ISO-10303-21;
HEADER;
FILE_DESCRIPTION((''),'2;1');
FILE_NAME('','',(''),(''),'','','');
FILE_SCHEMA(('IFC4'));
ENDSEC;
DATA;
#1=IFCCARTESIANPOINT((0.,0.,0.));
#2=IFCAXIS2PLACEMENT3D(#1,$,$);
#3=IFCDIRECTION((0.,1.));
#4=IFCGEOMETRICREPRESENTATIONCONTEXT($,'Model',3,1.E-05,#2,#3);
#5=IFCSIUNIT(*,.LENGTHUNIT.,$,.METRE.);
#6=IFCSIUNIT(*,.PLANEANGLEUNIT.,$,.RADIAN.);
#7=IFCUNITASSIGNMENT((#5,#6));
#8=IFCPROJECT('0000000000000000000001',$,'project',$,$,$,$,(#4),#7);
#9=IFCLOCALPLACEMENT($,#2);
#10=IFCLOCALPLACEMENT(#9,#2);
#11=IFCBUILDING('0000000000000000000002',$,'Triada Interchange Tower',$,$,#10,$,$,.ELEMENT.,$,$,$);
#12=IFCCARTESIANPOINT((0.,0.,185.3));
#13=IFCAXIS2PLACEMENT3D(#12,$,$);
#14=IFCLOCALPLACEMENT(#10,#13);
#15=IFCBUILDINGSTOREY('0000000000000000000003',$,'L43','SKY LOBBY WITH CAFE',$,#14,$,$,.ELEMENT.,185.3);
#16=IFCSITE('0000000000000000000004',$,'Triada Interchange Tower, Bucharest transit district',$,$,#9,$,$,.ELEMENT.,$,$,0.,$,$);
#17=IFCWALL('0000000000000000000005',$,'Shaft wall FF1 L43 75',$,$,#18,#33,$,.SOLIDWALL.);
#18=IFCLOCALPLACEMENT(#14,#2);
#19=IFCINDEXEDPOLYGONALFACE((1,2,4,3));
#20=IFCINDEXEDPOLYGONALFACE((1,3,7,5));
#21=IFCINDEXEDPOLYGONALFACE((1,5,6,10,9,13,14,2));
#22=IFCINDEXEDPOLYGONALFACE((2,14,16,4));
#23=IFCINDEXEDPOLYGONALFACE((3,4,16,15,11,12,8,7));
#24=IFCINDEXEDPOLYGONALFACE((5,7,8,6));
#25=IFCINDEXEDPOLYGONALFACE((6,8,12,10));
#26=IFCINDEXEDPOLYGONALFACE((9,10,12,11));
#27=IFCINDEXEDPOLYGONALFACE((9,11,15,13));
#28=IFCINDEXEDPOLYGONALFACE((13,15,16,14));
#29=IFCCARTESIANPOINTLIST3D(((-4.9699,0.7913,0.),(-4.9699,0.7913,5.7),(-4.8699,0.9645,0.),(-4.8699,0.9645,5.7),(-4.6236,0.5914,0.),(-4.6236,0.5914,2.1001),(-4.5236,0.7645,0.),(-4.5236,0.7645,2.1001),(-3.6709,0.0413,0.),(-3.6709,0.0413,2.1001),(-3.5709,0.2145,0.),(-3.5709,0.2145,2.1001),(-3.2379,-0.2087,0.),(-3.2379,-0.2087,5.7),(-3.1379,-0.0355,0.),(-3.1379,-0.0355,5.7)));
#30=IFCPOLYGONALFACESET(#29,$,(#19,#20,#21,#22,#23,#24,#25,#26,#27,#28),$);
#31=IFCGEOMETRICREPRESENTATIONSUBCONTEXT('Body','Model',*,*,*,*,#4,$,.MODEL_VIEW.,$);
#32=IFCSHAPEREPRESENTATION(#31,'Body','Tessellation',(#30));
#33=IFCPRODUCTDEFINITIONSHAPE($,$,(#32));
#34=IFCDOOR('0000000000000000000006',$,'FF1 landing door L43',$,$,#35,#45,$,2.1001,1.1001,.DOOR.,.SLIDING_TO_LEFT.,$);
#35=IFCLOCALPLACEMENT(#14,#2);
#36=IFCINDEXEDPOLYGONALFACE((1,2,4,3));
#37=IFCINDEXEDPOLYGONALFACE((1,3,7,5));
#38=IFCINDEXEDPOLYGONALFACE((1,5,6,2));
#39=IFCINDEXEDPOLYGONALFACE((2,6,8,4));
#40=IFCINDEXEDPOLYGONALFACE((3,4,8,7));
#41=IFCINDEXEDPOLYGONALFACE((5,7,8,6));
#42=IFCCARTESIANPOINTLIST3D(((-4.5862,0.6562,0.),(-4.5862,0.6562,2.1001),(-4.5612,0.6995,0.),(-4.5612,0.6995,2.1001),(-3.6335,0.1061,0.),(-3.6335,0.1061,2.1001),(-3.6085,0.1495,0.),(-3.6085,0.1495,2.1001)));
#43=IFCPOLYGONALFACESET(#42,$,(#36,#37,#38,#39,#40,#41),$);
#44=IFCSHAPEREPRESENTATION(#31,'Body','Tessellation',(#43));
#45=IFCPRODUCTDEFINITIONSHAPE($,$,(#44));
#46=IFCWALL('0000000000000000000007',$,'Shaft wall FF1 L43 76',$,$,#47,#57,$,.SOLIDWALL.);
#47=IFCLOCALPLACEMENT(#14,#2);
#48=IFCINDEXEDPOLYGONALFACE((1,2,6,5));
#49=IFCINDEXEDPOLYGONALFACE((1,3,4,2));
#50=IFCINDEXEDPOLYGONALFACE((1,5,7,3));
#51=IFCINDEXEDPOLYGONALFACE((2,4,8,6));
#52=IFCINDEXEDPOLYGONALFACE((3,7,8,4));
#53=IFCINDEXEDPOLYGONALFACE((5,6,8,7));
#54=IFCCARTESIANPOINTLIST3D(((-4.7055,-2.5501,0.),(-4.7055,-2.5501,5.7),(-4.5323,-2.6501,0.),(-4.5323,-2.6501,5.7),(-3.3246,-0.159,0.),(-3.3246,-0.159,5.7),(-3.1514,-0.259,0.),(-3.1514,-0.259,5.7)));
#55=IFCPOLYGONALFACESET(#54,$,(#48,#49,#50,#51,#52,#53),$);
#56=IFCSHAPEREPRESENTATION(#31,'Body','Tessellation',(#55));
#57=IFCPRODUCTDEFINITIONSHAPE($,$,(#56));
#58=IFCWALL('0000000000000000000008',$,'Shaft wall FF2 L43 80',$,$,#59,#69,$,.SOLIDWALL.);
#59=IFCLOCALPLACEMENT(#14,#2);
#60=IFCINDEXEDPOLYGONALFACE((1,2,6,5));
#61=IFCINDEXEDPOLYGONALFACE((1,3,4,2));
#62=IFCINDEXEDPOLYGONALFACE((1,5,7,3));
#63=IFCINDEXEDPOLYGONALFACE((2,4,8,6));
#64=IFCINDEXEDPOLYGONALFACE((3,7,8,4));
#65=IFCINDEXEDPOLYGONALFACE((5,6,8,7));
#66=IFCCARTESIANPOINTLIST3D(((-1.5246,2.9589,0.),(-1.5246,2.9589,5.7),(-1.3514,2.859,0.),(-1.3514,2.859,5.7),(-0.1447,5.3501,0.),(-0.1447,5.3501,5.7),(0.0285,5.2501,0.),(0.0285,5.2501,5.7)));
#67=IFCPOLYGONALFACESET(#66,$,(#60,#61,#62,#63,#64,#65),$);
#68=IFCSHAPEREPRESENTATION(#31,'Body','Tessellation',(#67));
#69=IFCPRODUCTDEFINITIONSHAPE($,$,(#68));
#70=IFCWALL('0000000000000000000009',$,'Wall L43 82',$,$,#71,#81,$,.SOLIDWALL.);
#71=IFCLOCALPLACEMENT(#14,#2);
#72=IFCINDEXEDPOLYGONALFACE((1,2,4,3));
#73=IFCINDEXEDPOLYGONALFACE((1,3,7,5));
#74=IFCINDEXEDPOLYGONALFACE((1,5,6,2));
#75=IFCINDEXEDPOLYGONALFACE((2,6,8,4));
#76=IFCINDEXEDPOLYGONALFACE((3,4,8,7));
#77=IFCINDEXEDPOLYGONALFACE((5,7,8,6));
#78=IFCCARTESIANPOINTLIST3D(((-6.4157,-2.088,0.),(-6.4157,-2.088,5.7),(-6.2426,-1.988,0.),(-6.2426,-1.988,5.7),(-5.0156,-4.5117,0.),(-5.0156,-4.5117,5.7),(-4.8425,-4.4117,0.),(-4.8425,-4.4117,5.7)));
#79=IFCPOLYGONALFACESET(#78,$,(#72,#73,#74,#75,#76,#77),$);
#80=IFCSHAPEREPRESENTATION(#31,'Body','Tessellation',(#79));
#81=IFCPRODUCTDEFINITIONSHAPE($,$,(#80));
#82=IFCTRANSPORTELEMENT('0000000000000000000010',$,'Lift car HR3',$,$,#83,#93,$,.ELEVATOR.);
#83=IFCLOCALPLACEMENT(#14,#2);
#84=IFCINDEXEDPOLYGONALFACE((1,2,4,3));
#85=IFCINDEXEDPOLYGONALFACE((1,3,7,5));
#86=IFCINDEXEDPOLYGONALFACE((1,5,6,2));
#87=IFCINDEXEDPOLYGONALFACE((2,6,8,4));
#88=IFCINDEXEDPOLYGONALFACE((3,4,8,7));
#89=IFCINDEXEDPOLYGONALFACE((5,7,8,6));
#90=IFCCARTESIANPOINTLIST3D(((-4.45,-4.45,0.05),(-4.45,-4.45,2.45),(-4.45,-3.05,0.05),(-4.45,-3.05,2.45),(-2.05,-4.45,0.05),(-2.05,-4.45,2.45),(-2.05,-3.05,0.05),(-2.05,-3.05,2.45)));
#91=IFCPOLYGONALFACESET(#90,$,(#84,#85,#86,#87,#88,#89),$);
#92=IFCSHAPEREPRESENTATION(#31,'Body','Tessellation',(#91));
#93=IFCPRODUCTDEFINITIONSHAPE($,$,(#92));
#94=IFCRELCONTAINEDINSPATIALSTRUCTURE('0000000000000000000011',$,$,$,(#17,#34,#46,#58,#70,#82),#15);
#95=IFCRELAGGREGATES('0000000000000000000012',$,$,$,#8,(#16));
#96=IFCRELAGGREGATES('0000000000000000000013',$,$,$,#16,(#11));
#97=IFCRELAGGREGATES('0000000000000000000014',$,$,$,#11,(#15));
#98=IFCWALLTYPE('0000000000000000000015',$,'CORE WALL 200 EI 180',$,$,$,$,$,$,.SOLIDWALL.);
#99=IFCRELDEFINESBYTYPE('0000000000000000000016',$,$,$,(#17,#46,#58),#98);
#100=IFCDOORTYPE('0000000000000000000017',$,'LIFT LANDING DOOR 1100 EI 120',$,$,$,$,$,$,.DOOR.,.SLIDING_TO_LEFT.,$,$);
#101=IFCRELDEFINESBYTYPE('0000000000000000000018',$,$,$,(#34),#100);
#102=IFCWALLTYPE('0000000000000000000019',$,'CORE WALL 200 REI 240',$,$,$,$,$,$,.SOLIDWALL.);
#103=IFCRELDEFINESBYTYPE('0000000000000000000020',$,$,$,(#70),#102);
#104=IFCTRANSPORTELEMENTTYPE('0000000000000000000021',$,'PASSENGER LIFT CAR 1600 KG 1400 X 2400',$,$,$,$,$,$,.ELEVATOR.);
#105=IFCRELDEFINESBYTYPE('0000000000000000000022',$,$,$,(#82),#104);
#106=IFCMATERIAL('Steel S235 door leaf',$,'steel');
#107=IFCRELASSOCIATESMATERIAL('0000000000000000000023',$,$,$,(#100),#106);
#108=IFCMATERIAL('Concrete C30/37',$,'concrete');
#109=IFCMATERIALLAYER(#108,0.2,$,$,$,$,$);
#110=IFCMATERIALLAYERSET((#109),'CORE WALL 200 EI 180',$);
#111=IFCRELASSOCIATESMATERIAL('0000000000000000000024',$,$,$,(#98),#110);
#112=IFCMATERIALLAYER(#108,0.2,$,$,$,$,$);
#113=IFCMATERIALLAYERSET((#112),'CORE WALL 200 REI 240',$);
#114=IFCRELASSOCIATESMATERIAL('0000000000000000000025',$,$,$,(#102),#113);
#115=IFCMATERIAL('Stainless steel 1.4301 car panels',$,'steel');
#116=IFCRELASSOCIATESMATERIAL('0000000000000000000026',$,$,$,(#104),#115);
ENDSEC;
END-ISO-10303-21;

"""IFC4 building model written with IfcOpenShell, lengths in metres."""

from ifc_helpers import new_model, si_unit, direction, frame, frame_2d, origin, origin_2d, place, context, subcontext, project, spatial, rectangle, extrude, material, layer, layer_set, type_object, element, fill, save


model = new_model("IFC4")

# Units and contexts
model_context = context("Model", 3, precision=1e-05, world=origin(), true_north=direction((0.0, 1.0)))
body_context = subcontext(model_context, "Body", "Model", "MODEL_VIEW")
ifc_project = project(units=[si_unit("LENGTHUNIT", "METRE"), si_unit("PLANEANGLEUNIT", "RADIAN")], contexts=[model_context])

# Site, building, storey
site_placement = place(None, origin())
site = spatial("IfcSite", under=ifc_project, at=site_placement, Name="Triada Interchange Tower, Bucharest transit district", CompositionType="ELEMENT", RefElevation=0.0)
building_placement = place(site_placement, origin())
building = spatial("IfcBuilding", under=site, at=building_placement, Name="Triada Interchange Tower", CompositionType="ELEMENT")
storey_placement = place(building_placement, frame((0.0, 0.0, 185.3)))
storey = spatial("IfcBuildingStorey", under=building, at=storey_placement, Name="L43", Description="SKY LOBBY WITH CAFE", CompositionType="ELEMENT", Elevation=185.3)

# Shared definitions
ifc_material_1 = material(Name="Concrete C30/37", Category="concrete")

# Shared definitions
ifc_material_2 = material(Name="Steel S235 door leaf", Category="steel")
door_type = type_object("IfcDoorType", Name="LIFT LANDING DOOR 1100 EI 120", OperationType="SLIDING_TO_LEFT", PredefinedType="DOOR", material=ifc_material_2)
ifc_layer_1 = layer(ifc_material_1, 0.2)
ifc_layer_set_1 = layer_set([ifc_layer_1], Name="CORE WALL 200 EI 180")
wall_type_1 = type_object("IfcWallType", Name="CORE WALL 200 EI 180", PredefinedType="SOLIDWALL", material=ifc_layer_set_1)

# Wall, opening, door
wall_1_placement = place(storey_placement, frame((-4.9199, 0.8779, 0.0), z_axis=(0.0, 0.0, 1.0), x_axis=(0.866011, -0.500025, 0.0)))
wall_1 = element("IfcWall", 1, at=wall_1_placement, inside=storey, type_object=wall_type_1, Name="Shaft wall FF1 L43 75", PredefinedType="SOLIDWALL", context=body_context, shape_type="SweptSolid", body=[
    extrude(rectangle(XDim=2.0, YDim=0.2, at=frame_2d((1.0, 0.0))), origin(), (0.0, 0.0, 1.0), 5.7),
])
opening_1_placement = place(wall_1_placement, frame((0.3999, 0.0, 0.0)))
opening_1 = element("IfcOpeningElement", 2, at=opening_1_placement, cuts=wall_1, PredefinedType="OPENING", context=body_context, shape_type="SweptSolid", body=[
    extrude(rectangle(XDim=1.1001, YDim=2.1001, at=frame_2d((0.55, 1.05))), frame((0.0, 0.1099, 0.0), z_axis=(0.0, -1.0, 0.0), x_axis=(1.0, 0.0, 0.0)), (0.0, 0.0, 1.0), 0.22),
])
door_1_placement = place(opening_1_placement, origin())
door_1 = element("IfcDoor", 3, at=door_1_placement, inside=storey, type_object=door_type, Name="FF1 landing door L43", OperationType="SLIDING_TO_LEFT", OverallHeight=2.1001, OverallWidth=1.1001, PredefinedType="DOOR", context=body_context, shape_type="SweptSolid", body=[
    extrude(rectangle(XDim=1.1001, YDim=2.1001, at=frame_2d((0.55, 1.05))), frame((0.0, 0.0249, 0.0), z_axis=(0.0, -1.0, 0.0), x_axis=(1.0, 0.0, 0.0)), (0.0, 0.0, 1.0), 0.05),
])
fill(opening_1, door_1)

# Walls
wall_2_placement = place(storey_placement, frame((-4.6189, -2.6001, 0.0), z_axis=(0.0, 0.0, 1.0), x_axis=(0.500095, 0.865971, 0.0)))
element("IfcWall", 4, at=wall_2_placement, inside=storey, type_object=wall_type_1, Name="Shaft wall FF1 L43 76", PredefinedType="SOLIDWALL", context=body_context, shape_type="SweptSolid", body=[
    extrude(rectangle(XDim=2.7612, YDim=0.2, at=frame_2d((1.3806, 0.0))), origin(), (0.0, 0.0, 1.0), 5.7),
])
wall_3_placement = place(storey_placement, frame((-1.438, 2.9089, 0.0), z_axis=(0.0, 0.0, 1.0), x_axis=(0.49983, 0.866124, 0.0)))
element("IfcWall", 5, at=wall_3_placement, inside=storey, type_object=wall_type_1, Name="Shaft wall FF2 L43 80", PredefinedType="SOLIDWALL", context=body_context, shape_type="SweptSolid", body=[
    extrude(rectangle(XDim=2.7607, YDim=0.2, at=frame_2d((1.3804, 0.0))), origin(), (0.0, 0.0, 1.0), 5.7),
])
ifc_layer_2 = layer(ifc_material_1, 0.2)
ifc_layer_set_2 = layer_set([ifc_layer_2], Name="CORE WALL 200 REI 240")
wall_type_2 = type_object("IfcWallType", Name="CORE WALL 200 REI 240", PredefinedType="SOLIDWALL", material=ifc_layer_set_2)
wall_4_placement = place(storey_placement, frame((-6.3291, -2.0381, 0.0), z_axis=(0.0, 0.0, 1.0), x_axis=(0.500201, -0.86591, 0.0)))
element("IfcWall", 6, at=wall_4_placement, inside=storey, type_object=wall_type_2, Name="Wall L43 82", PredefinedType="SOLIDWALL", context=body_context, shape_type="SweptSolid", body=[
    extrude(rectangle(XDim=2.7991, YDim=0.2, at=frame_2d((1.3994, 0.0))), origin(), (0.0, 0.0, 1.0), 5.7),
])

# Transport element
ifc_material_3 = material(Name="Stainless steel 1.4301 car panels", Category="steel")
transport_element_type = type_object("IfcTransportElementType", Name="PASSENGER LIFT CAR 1600 KG 1400 X 2400", PredefinedType="ELEVATOR", material=ifc_material_3)
transport_element_placement = place(storey_placement, frame((-3.25, -3.75, 0.05), z_axis=(0.0, 0.0, 1.0), x_axis=(0.0, -1.0, 0.0)))
element("IfcTransportElement", 7, at=transport_element_placement, inside=storey, type_object=transport_element_type, Name="Lift car HR3", PredefinedType="ELEVATOR", context=body_context, shape_type="SweptSolid", body=[
    extrude(rectangle(XDim=1.3999, YDim=2.3999, at=origin_2d()), origin(), (0.0, 0.0, 1.0), 2.3999),
])

save(model, "model.ifc")
